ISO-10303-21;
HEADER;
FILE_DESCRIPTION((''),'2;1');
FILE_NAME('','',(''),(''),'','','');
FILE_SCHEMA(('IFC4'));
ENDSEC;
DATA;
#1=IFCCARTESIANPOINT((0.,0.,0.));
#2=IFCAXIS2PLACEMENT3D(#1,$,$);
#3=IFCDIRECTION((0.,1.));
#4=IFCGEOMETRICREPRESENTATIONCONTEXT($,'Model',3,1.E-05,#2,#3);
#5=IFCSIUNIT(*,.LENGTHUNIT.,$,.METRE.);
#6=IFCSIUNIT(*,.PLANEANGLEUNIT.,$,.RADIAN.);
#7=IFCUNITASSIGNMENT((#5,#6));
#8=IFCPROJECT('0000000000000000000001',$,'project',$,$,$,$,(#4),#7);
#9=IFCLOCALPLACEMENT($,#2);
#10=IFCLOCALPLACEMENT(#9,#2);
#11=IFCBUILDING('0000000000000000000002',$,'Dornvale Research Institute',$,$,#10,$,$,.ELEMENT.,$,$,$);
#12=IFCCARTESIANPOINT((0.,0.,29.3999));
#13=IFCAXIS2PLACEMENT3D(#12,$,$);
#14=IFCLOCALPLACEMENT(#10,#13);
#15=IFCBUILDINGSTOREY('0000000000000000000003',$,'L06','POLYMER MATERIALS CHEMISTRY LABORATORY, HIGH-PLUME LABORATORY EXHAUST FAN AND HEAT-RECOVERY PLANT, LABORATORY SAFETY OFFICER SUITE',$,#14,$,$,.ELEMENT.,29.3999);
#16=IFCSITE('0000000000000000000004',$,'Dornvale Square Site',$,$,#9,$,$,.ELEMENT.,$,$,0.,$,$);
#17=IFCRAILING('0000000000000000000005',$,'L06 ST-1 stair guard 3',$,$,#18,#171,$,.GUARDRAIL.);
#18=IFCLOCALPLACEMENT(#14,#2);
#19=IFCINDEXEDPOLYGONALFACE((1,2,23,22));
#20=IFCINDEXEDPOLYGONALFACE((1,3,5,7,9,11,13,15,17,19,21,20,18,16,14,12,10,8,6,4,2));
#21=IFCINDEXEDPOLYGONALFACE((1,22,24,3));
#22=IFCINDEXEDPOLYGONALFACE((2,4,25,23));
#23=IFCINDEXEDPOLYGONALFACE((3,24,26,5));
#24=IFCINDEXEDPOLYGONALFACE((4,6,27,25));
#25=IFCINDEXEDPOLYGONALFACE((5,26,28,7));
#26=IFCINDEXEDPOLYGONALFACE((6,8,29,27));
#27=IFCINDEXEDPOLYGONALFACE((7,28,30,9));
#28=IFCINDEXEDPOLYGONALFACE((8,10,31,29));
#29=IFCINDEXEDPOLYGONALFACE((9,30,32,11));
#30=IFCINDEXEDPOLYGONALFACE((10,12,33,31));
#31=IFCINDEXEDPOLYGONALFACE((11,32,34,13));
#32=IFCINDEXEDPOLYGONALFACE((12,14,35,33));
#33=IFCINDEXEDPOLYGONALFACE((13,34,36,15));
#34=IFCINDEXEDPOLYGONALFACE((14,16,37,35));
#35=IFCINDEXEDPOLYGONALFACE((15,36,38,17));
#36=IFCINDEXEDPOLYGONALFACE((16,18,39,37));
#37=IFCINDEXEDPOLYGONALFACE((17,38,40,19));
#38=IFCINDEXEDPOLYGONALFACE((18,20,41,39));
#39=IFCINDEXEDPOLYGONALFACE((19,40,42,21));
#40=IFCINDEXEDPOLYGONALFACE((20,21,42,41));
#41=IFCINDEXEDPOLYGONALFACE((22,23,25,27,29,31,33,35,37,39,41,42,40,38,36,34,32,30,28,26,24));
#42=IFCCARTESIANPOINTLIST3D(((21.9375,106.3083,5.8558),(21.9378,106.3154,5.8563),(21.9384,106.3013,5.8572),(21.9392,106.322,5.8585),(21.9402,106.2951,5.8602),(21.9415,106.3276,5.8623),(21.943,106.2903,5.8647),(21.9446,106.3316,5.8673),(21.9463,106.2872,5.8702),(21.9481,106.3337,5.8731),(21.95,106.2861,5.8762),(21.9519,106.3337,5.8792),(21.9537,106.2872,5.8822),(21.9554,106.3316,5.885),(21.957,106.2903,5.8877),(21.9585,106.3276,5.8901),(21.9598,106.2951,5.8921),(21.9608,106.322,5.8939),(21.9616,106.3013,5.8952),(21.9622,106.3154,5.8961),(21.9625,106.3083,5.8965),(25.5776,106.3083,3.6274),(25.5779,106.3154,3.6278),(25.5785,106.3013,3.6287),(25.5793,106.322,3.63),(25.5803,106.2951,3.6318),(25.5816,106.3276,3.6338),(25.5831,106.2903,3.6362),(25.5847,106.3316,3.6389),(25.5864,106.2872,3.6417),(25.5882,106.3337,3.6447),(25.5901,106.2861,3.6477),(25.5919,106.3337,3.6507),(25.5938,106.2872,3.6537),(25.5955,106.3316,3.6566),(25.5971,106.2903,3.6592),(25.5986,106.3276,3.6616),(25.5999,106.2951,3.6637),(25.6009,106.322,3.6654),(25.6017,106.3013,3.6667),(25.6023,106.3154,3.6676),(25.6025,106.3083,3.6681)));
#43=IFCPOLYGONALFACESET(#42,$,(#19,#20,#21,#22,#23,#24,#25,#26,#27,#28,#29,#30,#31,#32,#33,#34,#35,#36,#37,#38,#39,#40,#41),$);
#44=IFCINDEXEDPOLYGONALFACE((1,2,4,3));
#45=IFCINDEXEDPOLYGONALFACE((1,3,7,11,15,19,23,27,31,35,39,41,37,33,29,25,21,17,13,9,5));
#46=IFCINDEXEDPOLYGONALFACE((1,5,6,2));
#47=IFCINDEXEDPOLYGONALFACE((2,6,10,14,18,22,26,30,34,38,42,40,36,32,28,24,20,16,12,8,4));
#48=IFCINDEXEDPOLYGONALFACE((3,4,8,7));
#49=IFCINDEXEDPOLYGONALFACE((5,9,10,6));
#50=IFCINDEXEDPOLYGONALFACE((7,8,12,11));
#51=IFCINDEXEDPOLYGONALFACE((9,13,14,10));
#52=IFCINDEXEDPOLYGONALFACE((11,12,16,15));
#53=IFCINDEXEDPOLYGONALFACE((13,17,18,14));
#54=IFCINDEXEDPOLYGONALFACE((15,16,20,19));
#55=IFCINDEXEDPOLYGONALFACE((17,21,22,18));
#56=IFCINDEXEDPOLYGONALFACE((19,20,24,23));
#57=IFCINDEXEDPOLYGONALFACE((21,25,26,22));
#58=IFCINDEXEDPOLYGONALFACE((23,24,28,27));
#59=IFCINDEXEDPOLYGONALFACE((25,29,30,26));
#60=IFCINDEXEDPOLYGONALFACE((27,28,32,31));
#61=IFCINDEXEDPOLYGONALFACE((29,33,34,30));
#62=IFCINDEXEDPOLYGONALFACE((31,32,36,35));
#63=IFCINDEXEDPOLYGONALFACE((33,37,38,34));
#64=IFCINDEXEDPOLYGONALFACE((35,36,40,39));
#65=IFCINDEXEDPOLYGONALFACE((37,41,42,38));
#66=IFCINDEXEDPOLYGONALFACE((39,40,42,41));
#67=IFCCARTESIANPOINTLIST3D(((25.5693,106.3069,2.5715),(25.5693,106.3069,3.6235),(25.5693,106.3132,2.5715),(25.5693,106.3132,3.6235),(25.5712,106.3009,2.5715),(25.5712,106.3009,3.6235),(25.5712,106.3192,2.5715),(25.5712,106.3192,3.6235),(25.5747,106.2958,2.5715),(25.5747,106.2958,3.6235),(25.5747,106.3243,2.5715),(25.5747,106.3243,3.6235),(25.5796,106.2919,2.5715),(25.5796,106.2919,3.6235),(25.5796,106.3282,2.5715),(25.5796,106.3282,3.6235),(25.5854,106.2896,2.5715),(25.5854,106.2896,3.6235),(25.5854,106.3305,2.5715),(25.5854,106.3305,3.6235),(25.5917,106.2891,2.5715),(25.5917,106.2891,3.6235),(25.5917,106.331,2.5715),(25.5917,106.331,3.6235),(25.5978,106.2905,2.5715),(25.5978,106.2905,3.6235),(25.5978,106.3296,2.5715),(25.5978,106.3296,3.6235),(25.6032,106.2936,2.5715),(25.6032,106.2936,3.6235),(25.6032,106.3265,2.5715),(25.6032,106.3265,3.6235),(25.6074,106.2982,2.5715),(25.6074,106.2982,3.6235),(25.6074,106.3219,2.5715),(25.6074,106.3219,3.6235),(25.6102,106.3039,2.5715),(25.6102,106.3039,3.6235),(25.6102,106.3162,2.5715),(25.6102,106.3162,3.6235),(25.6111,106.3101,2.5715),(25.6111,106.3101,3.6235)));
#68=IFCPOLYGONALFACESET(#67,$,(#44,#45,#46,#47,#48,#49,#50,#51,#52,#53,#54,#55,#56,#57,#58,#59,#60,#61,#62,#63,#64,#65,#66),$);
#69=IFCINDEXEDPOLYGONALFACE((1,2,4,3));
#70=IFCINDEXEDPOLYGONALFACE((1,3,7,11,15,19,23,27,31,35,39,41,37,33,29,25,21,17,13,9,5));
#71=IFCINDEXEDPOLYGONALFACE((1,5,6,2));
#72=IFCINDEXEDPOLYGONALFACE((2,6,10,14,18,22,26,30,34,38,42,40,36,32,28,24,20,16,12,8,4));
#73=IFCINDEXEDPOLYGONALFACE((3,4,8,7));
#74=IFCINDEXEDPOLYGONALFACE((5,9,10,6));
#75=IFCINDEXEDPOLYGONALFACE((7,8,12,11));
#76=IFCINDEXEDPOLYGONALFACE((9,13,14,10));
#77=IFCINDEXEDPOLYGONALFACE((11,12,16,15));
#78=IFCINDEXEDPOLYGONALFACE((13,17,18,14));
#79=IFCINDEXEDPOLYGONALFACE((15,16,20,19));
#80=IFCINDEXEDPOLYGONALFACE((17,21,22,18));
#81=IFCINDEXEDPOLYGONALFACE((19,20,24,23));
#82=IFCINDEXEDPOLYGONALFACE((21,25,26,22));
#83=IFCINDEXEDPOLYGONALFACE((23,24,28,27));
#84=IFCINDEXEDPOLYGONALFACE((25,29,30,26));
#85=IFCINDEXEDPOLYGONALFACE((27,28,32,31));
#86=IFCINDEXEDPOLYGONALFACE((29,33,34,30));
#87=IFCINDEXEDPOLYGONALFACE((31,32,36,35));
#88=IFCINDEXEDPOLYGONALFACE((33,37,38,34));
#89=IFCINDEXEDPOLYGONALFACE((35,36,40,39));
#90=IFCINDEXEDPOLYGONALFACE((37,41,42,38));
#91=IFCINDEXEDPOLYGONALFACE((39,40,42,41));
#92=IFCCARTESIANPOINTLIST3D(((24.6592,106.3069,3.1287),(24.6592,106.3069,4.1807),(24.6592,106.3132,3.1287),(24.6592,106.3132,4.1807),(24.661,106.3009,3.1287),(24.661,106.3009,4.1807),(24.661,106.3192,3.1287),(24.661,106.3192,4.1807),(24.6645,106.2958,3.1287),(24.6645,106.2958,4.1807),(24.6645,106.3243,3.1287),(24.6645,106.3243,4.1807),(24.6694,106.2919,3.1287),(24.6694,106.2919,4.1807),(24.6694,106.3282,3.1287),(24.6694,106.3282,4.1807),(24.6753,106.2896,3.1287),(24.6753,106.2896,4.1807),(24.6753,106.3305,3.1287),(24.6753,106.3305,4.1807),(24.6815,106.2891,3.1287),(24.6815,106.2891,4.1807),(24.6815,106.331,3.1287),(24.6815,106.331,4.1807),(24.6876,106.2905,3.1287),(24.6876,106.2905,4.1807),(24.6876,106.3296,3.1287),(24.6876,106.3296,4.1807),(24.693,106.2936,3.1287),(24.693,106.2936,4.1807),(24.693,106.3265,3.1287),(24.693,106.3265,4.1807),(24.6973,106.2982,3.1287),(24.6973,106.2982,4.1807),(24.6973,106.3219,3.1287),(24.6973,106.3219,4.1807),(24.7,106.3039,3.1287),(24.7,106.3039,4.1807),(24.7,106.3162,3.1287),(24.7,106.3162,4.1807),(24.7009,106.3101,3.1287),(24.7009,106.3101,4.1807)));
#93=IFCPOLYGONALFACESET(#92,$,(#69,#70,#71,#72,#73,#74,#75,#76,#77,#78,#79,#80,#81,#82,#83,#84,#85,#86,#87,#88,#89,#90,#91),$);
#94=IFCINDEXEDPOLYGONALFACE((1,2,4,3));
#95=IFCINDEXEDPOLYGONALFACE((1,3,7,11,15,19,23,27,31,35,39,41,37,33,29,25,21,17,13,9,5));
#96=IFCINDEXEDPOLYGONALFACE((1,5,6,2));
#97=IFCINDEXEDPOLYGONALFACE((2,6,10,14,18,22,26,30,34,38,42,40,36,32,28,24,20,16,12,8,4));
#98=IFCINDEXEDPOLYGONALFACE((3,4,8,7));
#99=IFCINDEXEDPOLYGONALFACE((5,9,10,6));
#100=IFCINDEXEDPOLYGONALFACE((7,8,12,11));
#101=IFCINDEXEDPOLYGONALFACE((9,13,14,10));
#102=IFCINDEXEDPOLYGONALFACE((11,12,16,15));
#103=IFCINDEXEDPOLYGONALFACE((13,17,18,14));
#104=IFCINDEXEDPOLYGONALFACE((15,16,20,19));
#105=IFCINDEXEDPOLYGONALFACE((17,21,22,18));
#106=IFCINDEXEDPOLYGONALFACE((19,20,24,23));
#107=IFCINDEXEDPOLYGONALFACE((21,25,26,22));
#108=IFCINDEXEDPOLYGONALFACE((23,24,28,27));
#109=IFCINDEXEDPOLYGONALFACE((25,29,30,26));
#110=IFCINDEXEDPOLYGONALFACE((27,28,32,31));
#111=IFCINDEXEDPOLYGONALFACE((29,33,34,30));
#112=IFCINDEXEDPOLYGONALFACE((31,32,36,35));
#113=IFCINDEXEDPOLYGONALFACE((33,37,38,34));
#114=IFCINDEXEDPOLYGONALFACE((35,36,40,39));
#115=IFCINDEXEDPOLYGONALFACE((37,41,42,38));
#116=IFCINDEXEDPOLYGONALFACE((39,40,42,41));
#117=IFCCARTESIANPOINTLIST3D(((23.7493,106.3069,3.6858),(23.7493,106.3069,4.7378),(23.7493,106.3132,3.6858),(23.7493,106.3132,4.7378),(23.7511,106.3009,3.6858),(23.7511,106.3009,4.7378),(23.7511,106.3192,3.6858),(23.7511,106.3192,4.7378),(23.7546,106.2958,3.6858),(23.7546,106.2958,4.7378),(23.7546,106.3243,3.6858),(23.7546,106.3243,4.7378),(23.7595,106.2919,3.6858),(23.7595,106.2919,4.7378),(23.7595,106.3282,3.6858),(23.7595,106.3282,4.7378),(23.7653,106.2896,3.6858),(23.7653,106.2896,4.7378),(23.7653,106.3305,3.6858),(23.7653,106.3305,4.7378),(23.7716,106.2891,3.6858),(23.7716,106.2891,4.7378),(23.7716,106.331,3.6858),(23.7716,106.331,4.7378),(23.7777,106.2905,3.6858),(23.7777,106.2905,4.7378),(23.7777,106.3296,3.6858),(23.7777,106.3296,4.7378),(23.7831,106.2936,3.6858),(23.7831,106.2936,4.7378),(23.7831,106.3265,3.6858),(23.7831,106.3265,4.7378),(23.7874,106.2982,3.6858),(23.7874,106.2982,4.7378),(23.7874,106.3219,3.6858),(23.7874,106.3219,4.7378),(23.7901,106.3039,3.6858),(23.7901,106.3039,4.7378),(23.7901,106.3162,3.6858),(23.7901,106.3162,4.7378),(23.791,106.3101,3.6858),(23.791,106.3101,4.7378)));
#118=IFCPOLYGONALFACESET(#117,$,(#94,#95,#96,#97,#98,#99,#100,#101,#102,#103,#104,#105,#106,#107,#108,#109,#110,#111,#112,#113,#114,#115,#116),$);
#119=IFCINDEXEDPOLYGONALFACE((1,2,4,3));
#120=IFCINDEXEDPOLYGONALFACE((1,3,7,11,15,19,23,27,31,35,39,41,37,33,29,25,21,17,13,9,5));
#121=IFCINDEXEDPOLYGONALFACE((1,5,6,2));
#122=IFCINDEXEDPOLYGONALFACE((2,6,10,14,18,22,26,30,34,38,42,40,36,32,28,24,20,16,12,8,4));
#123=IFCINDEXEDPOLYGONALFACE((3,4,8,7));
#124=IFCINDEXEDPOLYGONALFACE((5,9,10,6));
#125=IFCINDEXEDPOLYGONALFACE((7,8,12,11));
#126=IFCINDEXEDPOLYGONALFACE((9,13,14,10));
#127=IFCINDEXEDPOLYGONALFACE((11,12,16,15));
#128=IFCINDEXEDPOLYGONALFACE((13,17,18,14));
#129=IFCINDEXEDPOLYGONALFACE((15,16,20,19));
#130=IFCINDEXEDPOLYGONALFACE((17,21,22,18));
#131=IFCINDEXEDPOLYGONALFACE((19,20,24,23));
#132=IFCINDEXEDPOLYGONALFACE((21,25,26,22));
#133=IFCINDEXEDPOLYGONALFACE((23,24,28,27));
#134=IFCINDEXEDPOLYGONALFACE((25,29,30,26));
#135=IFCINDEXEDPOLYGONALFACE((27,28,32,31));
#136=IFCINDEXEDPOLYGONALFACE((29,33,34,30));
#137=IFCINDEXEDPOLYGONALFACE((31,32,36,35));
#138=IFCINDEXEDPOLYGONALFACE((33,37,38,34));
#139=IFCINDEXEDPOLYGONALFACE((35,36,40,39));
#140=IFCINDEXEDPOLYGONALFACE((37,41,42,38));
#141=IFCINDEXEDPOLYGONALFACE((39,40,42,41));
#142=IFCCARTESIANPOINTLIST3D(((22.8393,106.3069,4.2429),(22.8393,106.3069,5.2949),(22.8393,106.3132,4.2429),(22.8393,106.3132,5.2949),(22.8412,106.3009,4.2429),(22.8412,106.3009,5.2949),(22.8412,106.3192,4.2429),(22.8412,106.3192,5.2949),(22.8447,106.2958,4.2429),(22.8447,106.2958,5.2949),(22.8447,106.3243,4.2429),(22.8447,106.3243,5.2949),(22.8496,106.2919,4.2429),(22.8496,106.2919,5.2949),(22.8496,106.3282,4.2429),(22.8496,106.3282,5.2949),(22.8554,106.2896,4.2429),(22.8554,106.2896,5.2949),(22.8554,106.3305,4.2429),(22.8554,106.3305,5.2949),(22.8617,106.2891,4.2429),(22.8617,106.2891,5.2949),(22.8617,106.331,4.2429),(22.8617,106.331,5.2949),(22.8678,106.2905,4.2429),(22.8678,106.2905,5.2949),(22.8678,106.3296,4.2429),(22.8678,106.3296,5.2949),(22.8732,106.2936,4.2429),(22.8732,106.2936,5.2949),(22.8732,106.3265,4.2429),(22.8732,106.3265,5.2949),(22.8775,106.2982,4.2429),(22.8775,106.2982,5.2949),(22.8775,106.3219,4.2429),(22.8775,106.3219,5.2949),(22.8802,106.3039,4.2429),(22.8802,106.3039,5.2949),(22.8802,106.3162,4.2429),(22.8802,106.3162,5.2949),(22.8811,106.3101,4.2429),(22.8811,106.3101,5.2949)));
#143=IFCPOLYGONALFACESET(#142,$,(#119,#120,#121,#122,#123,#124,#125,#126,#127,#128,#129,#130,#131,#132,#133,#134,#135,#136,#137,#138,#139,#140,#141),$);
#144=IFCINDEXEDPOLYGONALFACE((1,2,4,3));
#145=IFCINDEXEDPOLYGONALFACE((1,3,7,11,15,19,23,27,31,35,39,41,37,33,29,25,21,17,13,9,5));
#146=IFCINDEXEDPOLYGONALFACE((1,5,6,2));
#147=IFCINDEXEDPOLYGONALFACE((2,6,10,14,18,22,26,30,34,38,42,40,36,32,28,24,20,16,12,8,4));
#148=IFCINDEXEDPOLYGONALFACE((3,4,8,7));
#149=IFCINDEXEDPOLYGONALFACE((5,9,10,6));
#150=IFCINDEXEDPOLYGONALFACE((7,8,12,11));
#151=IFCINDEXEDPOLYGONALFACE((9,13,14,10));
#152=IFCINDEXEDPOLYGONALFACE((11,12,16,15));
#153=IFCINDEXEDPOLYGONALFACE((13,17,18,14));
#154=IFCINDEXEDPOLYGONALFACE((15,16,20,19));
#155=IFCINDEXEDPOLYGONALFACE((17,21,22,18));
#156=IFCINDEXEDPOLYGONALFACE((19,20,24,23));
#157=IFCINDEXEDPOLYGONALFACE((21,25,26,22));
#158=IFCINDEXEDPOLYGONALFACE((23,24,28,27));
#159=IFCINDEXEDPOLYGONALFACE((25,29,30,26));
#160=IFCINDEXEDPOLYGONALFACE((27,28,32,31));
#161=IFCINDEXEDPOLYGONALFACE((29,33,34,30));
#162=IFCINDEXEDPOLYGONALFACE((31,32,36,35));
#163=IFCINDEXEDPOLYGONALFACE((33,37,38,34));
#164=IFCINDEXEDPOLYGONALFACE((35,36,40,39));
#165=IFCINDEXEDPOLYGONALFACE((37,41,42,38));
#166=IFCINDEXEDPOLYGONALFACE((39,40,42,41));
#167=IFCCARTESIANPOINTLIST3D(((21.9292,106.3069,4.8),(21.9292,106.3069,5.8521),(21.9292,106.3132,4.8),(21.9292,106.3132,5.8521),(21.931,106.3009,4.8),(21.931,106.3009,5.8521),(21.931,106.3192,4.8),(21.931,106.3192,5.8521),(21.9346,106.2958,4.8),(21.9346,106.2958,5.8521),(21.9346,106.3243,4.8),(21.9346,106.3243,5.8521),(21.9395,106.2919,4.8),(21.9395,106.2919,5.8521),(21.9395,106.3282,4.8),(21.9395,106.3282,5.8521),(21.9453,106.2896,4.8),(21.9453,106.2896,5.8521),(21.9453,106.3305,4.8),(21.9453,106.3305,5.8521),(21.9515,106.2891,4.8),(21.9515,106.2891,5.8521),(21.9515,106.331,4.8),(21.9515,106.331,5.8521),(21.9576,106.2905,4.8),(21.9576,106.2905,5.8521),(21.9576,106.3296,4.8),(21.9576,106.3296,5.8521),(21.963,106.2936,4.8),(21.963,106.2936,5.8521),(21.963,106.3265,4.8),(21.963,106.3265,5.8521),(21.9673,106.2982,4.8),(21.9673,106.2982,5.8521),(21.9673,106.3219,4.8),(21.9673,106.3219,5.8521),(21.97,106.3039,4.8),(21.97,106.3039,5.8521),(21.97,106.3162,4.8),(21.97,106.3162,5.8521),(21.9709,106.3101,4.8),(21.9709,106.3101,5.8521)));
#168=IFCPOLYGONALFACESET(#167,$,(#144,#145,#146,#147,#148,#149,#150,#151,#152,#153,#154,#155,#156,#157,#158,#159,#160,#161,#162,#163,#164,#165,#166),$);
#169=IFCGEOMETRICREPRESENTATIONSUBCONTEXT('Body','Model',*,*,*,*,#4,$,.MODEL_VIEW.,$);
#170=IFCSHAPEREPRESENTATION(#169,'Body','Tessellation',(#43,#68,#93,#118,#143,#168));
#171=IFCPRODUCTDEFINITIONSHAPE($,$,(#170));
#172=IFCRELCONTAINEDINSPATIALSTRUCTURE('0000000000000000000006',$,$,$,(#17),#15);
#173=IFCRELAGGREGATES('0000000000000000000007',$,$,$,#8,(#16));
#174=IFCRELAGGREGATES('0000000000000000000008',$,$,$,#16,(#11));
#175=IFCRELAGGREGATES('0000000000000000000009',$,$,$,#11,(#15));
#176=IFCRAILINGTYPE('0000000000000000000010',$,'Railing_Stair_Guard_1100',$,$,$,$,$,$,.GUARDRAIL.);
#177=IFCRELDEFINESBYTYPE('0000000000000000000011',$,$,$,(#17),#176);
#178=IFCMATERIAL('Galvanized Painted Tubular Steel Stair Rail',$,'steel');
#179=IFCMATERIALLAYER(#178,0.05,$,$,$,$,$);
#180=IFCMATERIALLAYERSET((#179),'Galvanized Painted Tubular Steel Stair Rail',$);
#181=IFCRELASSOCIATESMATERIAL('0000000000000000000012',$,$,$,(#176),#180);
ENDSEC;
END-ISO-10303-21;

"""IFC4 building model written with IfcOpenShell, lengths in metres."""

from ifc_helpers import new_model, si_unit, direction, frame, origin, origin_2d, place, context, subcontext, project, spatial, circle, extrude, material, layer, layer_set, type_object, element, save


model = new_model("IFC4")

# Units and contexts
model_context = context("Model", 3, precision=1e-05, world=origin(), true_north=direction((0.0, 1.0)))
body_context = subcontext(model_context, "Body", "Model", "MODEL_VIEW")
ifc_project = project(units=[si_unit("LENGTHUNIT", "METRE"), si_unit("PLANEANGLEUNIT", "RADIAN")], contexts=[model_context])

# Site, building, storey
site_placement = place(None, origin())
site = spatial("IfcSite", under=ifc_project, at=site_placement, Name="Dornvale Square Site", CompositionType="ELEMENT", RefElevation=0.0)
building_placement = place(site_placement, origin())
building = spatial("IfcBuilding", under=site, at=building_placement, Name="Dornvale Research Institute", CompositionType="ELEMENT")
storey_placement = place(building_placement, frame((0.0, 0.0, 29.3999)))
storey = spatial("IfcBuildingStorey", under=building, at=storey_placement, Name="L06", Description="POLYMER MATERIALS CHEMISTRY LABORATORY, HIGH-PLUME LABORATORY EXHAUST FAN AND HEAT-RECOVERY PLANT, LABORATORY SAFETY OFFICER SUITE", CompositionType="ELEMENT", Elevation=29.3999)

# Railing
ifc_material_1 = material(Name="Galvanized Painted Tubular Steel Stair Rail", Category="steel")
ifc_layer_1 = layer(ifc_material_1, 0.05)
ifc_layer_set_1 = layer_set([ifc_layer_1], Name="Galvanized Painted Tubular Steel Stair Rail")
railing_type_1 = type_object("IfcRailingType", Name="Railing_Stair_Guard_1100", PredefinedType="GUARDRAIL", material=ifc_layer_set_1)
railing_1_placement = place(storey_placement, frame((25.5901, 106.3101, 2.5715)))
element("IfcRailing", 1, at=railing_1_placement, inside=storey, type_object=railing_type_1, Name="L06 ST-1 stair guard 3", PredefinedType="GUARDRAIL", context=body_context, shape_type="SweptSolid", body=[
    extrude(circle(Radius=0.0239, at=origin_2d()), frame((0.0, 0.0, 1.0762), z_axis=(-0.852866, 0.0, 0.52213), x_axis=(0.0, -1.0, 0.0)), (0.0, 0.0, 1.0), 4.2681),
    extrude(circle(Radius=0.021, at=origin_2d()), origin(), (0.0, 0.0, 1.0), 1.052),
    extrude(circle(Radius=0.021, at=origin_2d()), frame((-0.9102, 0.0, 0.5571)), (0.0, 0.0, 1.0), 1.052),
    extrude(circle(Radius=0.021, at=origin_2d()), frame((-1.8201, 0.0, 1.1143)), (0.0, 0.0, 1.0), 1.052),
    extrude(circle(Radius=0.021, at=origin_2d()), frame((-2.73, 0.0, 1.6714)), (0.0, 0.0, 1.0), 1.052),
    extrude(circle(Radius=0.021, at=origin_2d()), frame((-3.6401, 0.0, 2.2285)), (0.0, 0.0, 1.0), 1.052),
])

save(model, "model.ifc")
